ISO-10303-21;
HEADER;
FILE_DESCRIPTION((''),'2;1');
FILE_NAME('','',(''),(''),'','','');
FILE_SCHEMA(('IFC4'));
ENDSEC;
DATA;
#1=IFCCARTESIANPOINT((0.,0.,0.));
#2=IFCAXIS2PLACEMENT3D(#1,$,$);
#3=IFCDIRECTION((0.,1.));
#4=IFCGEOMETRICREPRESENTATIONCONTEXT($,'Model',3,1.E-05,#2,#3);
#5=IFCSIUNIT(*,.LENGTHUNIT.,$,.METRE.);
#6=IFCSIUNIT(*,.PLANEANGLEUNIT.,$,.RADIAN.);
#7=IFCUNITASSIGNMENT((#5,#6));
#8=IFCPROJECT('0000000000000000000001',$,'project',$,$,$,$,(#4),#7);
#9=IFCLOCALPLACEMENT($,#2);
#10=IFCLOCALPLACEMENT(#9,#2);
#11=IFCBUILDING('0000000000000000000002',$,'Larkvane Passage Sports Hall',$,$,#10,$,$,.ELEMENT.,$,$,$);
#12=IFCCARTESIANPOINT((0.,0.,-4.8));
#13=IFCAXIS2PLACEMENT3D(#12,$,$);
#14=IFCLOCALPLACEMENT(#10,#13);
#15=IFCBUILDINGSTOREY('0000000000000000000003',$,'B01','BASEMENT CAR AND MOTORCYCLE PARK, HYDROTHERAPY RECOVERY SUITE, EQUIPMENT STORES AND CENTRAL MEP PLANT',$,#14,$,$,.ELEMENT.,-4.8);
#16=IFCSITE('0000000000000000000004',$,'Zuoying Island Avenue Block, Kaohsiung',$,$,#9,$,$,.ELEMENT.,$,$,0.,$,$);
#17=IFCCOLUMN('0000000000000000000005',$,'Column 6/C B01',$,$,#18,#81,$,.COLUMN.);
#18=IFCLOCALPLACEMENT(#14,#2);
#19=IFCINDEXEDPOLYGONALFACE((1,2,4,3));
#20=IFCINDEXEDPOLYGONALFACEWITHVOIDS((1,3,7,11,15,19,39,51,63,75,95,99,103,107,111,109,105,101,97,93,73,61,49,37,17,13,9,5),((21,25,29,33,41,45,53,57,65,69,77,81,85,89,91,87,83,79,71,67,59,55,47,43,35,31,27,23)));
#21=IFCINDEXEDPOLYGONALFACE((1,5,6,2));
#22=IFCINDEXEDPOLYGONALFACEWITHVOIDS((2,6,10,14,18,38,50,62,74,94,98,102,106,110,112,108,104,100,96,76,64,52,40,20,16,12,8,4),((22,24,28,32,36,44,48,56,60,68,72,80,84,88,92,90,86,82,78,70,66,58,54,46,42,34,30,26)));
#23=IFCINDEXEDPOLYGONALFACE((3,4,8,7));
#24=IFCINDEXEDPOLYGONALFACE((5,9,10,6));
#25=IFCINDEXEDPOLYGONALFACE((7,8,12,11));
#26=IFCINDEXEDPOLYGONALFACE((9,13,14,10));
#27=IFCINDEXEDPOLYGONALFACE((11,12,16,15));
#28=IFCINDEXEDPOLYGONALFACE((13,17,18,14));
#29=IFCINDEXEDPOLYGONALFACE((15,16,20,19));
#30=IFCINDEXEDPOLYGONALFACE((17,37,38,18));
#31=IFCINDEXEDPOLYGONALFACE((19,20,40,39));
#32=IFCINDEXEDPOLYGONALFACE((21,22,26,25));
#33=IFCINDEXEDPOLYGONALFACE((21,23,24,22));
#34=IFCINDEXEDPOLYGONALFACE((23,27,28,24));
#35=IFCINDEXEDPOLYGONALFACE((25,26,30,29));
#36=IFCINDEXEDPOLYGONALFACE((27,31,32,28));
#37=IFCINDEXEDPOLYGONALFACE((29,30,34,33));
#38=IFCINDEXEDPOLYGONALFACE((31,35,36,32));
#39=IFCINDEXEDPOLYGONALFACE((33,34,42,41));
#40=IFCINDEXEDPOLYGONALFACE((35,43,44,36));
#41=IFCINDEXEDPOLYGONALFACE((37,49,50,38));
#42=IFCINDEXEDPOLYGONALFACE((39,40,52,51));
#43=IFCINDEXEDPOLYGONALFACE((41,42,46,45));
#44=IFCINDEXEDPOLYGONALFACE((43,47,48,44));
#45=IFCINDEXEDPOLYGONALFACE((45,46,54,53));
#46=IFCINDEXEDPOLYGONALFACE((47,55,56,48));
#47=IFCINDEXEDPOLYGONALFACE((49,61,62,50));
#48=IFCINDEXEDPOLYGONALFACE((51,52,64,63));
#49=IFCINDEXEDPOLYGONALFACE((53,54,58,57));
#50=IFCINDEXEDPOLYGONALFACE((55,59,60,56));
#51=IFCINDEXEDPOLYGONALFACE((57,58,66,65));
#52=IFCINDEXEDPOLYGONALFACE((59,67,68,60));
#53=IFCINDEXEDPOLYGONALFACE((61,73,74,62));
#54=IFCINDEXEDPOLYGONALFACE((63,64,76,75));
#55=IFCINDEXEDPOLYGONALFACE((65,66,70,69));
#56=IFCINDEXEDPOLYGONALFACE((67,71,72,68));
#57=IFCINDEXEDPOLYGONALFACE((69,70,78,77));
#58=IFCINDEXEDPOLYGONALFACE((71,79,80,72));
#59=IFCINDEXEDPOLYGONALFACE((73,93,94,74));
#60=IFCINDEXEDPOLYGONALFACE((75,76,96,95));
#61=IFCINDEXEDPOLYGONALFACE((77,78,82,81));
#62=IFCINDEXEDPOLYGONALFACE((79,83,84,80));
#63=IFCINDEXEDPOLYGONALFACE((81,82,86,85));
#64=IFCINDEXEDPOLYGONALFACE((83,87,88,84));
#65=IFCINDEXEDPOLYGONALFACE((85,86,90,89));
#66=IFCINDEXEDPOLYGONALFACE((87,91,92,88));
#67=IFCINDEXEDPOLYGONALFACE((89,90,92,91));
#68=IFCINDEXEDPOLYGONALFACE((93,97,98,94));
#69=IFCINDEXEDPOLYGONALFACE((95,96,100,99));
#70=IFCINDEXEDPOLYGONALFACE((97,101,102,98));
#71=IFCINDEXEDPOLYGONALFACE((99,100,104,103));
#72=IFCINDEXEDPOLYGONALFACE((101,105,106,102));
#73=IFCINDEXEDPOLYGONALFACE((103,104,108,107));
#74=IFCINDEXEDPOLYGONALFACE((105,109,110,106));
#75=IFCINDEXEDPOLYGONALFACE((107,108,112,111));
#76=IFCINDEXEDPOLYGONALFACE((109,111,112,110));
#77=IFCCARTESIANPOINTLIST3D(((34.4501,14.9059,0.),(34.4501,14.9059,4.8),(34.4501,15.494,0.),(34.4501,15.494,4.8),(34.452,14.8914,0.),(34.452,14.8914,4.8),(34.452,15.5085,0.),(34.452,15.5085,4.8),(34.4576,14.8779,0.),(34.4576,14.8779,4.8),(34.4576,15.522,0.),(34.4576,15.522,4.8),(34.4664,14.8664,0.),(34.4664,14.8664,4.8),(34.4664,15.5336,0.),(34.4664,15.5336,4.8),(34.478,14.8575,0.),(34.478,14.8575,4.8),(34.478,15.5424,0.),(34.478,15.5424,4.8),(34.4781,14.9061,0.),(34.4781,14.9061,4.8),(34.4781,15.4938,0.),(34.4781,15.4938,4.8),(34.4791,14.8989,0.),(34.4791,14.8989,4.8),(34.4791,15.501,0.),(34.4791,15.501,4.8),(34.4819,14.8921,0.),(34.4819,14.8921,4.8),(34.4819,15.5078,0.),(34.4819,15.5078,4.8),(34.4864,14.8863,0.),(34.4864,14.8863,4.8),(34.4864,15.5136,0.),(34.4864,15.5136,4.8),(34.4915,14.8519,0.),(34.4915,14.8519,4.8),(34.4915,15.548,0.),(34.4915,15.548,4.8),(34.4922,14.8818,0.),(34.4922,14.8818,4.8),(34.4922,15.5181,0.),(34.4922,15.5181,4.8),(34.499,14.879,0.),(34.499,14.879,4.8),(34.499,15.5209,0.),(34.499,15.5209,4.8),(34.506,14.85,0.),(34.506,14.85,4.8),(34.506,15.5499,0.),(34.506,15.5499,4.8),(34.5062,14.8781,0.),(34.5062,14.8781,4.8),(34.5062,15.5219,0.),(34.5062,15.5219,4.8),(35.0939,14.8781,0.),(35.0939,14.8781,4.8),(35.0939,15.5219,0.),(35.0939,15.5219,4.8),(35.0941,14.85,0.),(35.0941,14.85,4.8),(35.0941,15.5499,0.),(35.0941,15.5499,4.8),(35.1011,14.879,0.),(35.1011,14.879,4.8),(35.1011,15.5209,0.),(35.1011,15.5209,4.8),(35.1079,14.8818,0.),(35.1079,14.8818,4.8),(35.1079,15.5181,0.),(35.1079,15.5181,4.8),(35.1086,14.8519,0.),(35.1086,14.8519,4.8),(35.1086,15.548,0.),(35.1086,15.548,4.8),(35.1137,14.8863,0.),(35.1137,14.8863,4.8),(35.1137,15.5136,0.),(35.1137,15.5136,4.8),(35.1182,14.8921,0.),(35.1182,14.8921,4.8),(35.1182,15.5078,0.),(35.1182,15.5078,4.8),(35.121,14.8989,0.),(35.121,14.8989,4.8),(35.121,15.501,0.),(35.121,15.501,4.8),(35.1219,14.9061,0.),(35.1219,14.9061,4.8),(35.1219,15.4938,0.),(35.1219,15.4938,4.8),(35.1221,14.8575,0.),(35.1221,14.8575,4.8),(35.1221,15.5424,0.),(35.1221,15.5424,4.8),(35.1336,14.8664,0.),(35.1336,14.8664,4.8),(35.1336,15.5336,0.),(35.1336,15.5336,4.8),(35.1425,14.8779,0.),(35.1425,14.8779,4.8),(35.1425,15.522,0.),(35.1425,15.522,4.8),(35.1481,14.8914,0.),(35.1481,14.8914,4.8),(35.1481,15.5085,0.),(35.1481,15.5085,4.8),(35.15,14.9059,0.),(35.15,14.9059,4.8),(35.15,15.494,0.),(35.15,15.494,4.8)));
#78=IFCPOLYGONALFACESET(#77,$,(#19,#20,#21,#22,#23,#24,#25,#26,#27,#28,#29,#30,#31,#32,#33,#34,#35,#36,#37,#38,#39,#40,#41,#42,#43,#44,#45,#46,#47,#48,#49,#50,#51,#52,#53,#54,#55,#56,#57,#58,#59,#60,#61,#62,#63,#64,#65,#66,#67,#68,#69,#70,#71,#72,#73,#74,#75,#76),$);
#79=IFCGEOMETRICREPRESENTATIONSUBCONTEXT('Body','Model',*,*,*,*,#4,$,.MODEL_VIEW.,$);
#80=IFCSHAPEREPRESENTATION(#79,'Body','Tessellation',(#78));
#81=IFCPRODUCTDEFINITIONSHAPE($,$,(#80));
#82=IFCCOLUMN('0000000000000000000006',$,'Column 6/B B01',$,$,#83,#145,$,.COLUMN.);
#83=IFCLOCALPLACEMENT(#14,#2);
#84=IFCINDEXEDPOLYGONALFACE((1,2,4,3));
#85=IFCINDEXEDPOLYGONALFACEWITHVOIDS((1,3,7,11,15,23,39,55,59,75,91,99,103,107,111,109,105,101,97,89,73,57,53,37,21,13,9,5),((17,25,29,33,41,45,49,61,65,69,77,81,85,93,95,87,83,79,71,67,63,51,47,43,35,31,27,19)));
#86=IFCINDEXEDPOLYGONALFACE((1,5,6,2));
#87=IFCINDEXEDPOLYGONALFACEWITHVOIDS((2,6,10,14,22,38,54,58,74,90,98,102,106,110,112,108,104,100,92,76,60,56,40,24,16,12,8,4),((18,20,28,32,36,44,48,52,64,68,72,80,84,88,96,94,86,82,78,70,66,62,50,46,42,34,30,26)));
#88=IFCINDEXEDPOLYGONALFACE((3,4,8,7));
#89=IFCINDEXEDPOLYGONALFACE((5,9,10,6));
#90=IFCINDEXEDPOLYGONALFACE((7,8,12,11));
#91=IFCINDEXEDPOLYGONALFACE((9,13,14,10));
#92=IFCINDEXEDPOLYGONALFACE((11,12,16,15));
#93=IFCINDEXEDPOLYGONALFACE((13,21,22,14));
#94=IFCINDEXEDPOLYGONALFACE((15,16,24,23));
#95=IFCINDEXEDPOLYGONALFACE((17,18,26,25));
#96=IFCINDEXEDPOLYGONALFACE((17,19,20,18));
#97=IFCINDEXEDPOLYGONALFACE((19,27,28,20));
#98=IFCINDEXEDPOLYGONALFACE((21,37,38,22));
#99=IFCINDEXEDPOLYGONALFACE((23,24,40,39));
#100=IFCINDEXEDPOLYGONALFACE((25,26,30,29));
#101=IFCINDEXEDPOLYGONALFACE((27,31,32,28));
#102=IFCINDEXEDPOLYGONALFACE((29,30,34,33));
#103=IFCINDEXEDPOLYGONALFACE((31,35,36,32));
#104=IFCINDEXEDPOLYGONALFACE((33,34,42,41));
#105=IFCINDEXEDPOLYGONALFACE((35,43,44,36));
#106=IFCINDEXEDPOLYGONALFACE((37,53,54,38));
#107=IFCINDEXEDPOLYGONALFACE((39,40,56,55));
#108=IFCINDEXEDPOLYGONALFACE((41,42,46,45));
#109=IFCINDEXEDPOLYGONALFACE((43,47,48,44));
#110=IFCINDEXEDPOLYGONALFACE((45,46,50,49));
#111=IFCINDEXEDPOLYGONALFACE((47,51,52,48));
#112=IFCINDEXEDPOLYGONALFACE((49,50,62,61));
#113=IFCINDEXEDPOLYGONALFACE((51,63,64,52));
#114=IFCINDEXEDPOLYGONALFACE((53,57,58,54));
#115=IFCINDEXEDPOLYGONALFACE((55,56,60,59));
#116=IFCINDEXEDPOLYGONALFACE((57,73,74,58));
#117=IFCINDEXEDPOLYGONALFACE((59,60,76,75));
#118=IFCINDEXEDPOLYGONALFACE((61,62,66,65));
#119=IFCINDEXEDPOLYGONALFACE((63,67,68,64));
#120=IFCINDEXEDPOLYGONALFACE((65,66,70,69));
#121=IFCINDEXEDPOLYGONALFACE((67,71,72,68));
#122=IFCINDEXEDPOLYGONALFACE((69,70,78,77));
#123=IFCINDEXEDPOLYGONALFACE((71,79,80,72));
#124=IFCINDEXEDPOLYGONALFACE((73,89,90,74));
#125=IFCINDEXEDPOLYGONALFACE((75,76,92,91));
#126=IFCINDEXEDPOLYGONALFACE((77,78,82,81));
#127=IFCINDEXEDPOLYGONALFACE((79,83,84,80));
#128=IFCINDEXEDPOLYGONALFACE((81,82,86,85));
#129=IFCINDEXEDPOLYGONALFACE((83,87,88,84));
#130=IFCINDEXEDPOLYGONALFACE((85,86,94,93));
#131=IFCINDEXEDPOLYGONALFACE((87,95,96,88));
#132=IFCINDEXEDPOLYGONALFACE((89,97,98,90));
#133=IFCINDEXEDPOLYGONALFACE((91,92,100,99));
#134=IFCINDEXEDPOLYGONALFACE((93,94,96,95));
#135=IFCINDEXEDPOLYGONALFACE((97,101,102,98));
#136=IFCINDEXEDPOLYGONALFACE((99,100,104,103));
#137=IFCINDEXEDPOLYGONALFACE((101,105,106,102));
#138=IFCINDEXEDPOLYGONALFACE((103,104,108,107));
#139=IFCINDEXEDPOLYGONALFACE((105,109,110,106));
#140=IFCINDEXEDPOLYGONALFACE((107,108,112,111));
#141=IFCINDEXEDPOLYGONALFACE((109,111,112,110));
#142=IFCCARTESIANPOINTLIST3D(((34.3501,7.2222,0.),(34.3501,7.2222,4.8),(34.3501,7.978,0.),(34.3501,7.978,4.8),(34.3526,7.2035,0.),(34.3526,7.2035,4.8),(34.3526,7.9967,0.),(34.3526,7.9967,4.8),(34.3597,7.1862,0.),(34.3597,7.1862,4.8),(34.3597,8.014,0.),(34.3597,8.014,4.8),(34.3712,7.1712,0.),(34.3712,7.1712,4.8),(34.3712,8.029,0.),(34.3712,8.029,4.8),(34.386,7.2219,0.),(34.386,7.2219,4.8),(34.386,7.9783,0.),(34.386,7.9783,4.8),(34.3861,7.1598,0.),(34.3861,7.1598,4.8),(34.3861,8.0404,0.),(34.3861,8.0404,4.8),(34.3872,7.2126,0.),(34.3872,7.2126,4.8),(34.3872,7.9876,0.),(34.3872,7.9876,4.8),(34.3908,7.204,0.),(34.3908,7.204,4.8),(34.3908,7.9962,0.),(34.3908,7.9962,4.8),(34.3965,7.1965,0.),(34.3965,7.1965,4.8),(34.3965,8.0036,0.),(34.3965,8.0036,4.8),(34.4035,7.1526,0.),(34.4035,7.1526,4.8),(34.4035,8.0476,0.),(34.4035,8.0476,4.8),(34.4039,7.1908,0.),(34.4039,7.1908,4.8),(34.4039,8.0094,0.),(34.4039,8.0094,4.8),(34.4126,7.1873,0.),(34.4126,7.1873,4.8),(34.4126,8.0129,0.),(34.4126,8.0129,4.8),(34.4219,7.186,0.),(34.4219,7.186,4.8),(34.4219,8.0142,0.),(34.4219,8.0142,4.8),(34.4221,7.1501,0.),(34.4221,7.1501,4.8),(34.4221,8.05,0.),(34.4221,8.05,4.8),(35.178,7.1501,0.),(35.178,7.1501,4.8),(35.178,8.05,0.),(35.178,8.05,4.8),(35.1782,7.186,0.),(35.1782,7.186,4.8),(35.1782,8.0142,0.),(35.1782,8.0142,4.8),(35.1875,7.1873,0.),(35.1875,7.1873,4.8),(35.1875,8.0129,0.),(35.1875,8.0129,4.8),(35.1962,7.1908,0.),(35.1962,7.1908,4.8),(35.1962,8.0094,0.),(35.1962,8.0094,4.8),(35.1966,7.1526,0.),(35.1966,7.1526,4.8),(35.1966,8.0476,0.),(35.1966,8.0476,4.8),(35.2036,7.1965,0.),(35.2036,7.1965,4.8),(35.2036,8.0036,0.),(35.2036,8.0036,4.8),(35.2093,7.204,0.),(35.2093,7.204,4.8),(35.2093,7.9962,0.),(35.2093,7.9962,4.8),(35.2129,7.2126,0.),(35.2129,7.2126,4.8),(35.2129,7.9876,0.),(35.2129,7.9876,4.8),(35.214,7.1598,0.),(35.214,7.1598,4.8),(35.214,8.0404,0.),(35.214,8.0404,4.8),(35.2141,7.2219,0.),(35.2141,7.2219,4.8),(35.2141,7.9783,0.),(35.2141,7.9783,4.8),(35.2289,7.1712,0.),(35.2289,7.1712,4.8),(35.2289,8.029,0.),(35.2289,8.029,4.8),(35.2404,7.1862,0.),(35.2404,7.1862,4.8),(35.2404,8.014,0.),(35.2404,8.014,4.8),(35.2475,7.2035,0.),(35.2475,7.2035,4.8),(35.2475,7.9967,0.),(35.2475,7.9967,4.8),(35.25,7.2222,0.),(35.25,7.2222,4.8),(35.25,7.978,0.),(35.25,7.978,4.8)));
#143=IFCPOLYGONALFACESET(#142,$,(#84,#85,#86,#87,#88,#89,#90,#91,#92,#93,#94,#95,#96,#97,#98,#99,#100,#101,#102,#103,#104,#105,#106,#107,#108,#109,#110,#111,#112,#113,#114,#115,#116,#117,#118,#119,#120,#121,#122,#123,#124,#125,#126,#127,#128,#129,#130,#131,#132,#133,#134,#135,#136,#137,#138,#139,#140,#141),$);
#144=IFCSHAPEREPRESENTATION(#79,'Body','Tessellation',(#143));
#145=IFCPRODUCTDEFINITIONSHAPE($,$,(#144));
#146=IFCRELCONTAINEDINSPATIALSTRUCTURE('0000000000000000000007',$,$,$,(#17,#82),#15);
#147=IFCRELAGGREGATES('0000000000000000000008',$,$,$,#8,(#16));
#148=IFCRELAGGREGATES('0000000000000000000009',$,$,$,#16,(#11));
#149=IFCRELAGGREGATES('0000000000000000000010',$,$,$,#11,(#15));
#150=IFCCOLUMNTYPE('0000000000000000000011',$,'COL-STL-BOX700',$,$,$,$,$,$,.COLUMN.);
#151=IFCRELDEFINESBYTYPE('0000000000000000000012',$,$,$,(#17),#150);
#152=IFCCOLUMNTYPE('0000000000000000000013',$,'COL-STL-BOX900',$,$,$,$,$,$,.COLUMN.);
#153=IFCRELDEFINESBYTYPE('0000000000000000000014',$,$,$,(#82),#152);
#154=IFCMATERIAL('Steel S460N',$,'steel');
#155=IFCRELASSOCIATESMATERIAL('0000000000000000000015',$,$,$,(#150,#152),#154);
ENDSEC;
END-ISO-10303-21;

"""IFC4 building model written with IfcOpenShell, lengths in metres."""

from ifc_helpers import new_model, si_unit, direction, frame, origin, origin_2d, place, context, subcontext, project, spatial, hollow_rectangle, extrude, material, material_profile, profile_set, type_object, element, save


model = new_model("IFC4")

# Units and contexts
model_context = context("Model", 3, precision=1e-05, world=origin(), true_north=direction((0.0, 1.0)))
body_context = subcontext(model_context, "Body", "Model", "MODEL_VIEW")
ifc_project = project(units=[si_unit("LENGTHUNIT", "METRE"), si_unit("PLANEANGLEUNIT", "RADIAN")], contexts=[model_context])

# Site, building, storey
site_placement = place(None, origin())
site = spatial("IfcSite", under=ifc_project, at=site_placement, Name="Zuoying Island Avenue Block, Kaohsiung", CompositionType="ELEMENT", RefElevation=0.0)
building_placement = place(site_placement, origin())
building = spatial("IfcBuilding", under=site, at=building_placement, Name="Larkvane Passage Sports Hall", CompositionType="ELEMENT")
storey_placement = place(building_placement, frame((0.0, 0.0, -4.8)))
storey = spatial("IfcBuildingStorey", under=building, at=storey_placement, Name="B01", Description="BASEMENT CAR AND MOTORCYCLE PARK, HYDROTHERAPY RECOVERY SUITE, EQUIPMENT STORES AND CENTRAL MEP PLANT", CompositionType="ELEMENT", Elevation=-4.8)

# Columns
ifc_material_1 = material(Name="Steel S460N", Category="steel")
ifc_material_profile_1 = material_profile(ifc_material_1, hollow_rectangle(XDim=0.7, YDim=0.7, WallThickness=0.0281, InnerFilletRadius=0.0281, OuterFilletRadius=0.0559, at=origin_2d()), Name="BOX-700x700x28")
ifc_profile_set_1 = profile_set([ifc_material_profile_1], Name="Steel S460N")
column_type_1 = type_object("IfcColumnType", Name="COL-STL-BOX700", PredefinedType="COLUMN", material=ifc_profile_set_1)
column_1_placement = place(storey_placement, frame((34.8, 15.2, 0.0), z_axis=(0.0, 0.0, 1.0), x_axis=(1.0, 0.0, 0.0)))
element("IfcColumn", 1, at=column_1_placement, inside=storey, type_object=column_type_1, Name="Column 6/C B01", PredefinedType="COLUMN", context=body_context, shape_type="SweptSolid", body=[
    extrude(hollow_rectangle(XDim=0.7, YDim=0.7, WallThickness=0.0281, InnerFilletRadius=0.0281, OuterFilletRadius=0.0559, at=origin_2d()), origin(), (0.0, 0.0, 1.0), 4.8),
])
ifc_material_profile_2 = material_profile(ifc_material_1, hollow_rectangle(XDim=0.8999, YDim=0.8999, WallThickness=0.0359, InnerFilletRadius=0.0359, OuterFilletRadius=0.072, at=origin_2d()), Name="BOX-900x900x36")
ifc_profile_set_2 = profile_set([ifc_material_profile_2], Name="Steel S460N")
column_type_2 = type_object("IfcColumnType", Name="COL-STL-BOX900", PredefinedType="COLUMN", material=ifc_profile_set_2)
for number, where, z_axis, x_axis, name in (
    (2, (34.8, 7.6001, 0.0), (0.0, 0.0, 1.0), (1.0, 0.0, 0.0), "Column 6/B B01"),
):
    element("IfcColumn", number, at=place(storey_placement, frame(where, z_axis=z_axis, x_axis=x_axis)), inside=storey, type_object=column_type_2, Name=name, PredefinedType="COLUMN", context=body_context, shape_type="SweptSolid", body=[
        extrude(hollow_rectangle(XDim=0.8999, YDim=0.8999, WallThickness=0.0359, InnerFilletRadius=0.0359, OuterFilletRadius=0.072, at=origin_2d()), origin(), (0.0, 0.0, 1.0), 4.8),
    ])

save(model, "model.ifc")
